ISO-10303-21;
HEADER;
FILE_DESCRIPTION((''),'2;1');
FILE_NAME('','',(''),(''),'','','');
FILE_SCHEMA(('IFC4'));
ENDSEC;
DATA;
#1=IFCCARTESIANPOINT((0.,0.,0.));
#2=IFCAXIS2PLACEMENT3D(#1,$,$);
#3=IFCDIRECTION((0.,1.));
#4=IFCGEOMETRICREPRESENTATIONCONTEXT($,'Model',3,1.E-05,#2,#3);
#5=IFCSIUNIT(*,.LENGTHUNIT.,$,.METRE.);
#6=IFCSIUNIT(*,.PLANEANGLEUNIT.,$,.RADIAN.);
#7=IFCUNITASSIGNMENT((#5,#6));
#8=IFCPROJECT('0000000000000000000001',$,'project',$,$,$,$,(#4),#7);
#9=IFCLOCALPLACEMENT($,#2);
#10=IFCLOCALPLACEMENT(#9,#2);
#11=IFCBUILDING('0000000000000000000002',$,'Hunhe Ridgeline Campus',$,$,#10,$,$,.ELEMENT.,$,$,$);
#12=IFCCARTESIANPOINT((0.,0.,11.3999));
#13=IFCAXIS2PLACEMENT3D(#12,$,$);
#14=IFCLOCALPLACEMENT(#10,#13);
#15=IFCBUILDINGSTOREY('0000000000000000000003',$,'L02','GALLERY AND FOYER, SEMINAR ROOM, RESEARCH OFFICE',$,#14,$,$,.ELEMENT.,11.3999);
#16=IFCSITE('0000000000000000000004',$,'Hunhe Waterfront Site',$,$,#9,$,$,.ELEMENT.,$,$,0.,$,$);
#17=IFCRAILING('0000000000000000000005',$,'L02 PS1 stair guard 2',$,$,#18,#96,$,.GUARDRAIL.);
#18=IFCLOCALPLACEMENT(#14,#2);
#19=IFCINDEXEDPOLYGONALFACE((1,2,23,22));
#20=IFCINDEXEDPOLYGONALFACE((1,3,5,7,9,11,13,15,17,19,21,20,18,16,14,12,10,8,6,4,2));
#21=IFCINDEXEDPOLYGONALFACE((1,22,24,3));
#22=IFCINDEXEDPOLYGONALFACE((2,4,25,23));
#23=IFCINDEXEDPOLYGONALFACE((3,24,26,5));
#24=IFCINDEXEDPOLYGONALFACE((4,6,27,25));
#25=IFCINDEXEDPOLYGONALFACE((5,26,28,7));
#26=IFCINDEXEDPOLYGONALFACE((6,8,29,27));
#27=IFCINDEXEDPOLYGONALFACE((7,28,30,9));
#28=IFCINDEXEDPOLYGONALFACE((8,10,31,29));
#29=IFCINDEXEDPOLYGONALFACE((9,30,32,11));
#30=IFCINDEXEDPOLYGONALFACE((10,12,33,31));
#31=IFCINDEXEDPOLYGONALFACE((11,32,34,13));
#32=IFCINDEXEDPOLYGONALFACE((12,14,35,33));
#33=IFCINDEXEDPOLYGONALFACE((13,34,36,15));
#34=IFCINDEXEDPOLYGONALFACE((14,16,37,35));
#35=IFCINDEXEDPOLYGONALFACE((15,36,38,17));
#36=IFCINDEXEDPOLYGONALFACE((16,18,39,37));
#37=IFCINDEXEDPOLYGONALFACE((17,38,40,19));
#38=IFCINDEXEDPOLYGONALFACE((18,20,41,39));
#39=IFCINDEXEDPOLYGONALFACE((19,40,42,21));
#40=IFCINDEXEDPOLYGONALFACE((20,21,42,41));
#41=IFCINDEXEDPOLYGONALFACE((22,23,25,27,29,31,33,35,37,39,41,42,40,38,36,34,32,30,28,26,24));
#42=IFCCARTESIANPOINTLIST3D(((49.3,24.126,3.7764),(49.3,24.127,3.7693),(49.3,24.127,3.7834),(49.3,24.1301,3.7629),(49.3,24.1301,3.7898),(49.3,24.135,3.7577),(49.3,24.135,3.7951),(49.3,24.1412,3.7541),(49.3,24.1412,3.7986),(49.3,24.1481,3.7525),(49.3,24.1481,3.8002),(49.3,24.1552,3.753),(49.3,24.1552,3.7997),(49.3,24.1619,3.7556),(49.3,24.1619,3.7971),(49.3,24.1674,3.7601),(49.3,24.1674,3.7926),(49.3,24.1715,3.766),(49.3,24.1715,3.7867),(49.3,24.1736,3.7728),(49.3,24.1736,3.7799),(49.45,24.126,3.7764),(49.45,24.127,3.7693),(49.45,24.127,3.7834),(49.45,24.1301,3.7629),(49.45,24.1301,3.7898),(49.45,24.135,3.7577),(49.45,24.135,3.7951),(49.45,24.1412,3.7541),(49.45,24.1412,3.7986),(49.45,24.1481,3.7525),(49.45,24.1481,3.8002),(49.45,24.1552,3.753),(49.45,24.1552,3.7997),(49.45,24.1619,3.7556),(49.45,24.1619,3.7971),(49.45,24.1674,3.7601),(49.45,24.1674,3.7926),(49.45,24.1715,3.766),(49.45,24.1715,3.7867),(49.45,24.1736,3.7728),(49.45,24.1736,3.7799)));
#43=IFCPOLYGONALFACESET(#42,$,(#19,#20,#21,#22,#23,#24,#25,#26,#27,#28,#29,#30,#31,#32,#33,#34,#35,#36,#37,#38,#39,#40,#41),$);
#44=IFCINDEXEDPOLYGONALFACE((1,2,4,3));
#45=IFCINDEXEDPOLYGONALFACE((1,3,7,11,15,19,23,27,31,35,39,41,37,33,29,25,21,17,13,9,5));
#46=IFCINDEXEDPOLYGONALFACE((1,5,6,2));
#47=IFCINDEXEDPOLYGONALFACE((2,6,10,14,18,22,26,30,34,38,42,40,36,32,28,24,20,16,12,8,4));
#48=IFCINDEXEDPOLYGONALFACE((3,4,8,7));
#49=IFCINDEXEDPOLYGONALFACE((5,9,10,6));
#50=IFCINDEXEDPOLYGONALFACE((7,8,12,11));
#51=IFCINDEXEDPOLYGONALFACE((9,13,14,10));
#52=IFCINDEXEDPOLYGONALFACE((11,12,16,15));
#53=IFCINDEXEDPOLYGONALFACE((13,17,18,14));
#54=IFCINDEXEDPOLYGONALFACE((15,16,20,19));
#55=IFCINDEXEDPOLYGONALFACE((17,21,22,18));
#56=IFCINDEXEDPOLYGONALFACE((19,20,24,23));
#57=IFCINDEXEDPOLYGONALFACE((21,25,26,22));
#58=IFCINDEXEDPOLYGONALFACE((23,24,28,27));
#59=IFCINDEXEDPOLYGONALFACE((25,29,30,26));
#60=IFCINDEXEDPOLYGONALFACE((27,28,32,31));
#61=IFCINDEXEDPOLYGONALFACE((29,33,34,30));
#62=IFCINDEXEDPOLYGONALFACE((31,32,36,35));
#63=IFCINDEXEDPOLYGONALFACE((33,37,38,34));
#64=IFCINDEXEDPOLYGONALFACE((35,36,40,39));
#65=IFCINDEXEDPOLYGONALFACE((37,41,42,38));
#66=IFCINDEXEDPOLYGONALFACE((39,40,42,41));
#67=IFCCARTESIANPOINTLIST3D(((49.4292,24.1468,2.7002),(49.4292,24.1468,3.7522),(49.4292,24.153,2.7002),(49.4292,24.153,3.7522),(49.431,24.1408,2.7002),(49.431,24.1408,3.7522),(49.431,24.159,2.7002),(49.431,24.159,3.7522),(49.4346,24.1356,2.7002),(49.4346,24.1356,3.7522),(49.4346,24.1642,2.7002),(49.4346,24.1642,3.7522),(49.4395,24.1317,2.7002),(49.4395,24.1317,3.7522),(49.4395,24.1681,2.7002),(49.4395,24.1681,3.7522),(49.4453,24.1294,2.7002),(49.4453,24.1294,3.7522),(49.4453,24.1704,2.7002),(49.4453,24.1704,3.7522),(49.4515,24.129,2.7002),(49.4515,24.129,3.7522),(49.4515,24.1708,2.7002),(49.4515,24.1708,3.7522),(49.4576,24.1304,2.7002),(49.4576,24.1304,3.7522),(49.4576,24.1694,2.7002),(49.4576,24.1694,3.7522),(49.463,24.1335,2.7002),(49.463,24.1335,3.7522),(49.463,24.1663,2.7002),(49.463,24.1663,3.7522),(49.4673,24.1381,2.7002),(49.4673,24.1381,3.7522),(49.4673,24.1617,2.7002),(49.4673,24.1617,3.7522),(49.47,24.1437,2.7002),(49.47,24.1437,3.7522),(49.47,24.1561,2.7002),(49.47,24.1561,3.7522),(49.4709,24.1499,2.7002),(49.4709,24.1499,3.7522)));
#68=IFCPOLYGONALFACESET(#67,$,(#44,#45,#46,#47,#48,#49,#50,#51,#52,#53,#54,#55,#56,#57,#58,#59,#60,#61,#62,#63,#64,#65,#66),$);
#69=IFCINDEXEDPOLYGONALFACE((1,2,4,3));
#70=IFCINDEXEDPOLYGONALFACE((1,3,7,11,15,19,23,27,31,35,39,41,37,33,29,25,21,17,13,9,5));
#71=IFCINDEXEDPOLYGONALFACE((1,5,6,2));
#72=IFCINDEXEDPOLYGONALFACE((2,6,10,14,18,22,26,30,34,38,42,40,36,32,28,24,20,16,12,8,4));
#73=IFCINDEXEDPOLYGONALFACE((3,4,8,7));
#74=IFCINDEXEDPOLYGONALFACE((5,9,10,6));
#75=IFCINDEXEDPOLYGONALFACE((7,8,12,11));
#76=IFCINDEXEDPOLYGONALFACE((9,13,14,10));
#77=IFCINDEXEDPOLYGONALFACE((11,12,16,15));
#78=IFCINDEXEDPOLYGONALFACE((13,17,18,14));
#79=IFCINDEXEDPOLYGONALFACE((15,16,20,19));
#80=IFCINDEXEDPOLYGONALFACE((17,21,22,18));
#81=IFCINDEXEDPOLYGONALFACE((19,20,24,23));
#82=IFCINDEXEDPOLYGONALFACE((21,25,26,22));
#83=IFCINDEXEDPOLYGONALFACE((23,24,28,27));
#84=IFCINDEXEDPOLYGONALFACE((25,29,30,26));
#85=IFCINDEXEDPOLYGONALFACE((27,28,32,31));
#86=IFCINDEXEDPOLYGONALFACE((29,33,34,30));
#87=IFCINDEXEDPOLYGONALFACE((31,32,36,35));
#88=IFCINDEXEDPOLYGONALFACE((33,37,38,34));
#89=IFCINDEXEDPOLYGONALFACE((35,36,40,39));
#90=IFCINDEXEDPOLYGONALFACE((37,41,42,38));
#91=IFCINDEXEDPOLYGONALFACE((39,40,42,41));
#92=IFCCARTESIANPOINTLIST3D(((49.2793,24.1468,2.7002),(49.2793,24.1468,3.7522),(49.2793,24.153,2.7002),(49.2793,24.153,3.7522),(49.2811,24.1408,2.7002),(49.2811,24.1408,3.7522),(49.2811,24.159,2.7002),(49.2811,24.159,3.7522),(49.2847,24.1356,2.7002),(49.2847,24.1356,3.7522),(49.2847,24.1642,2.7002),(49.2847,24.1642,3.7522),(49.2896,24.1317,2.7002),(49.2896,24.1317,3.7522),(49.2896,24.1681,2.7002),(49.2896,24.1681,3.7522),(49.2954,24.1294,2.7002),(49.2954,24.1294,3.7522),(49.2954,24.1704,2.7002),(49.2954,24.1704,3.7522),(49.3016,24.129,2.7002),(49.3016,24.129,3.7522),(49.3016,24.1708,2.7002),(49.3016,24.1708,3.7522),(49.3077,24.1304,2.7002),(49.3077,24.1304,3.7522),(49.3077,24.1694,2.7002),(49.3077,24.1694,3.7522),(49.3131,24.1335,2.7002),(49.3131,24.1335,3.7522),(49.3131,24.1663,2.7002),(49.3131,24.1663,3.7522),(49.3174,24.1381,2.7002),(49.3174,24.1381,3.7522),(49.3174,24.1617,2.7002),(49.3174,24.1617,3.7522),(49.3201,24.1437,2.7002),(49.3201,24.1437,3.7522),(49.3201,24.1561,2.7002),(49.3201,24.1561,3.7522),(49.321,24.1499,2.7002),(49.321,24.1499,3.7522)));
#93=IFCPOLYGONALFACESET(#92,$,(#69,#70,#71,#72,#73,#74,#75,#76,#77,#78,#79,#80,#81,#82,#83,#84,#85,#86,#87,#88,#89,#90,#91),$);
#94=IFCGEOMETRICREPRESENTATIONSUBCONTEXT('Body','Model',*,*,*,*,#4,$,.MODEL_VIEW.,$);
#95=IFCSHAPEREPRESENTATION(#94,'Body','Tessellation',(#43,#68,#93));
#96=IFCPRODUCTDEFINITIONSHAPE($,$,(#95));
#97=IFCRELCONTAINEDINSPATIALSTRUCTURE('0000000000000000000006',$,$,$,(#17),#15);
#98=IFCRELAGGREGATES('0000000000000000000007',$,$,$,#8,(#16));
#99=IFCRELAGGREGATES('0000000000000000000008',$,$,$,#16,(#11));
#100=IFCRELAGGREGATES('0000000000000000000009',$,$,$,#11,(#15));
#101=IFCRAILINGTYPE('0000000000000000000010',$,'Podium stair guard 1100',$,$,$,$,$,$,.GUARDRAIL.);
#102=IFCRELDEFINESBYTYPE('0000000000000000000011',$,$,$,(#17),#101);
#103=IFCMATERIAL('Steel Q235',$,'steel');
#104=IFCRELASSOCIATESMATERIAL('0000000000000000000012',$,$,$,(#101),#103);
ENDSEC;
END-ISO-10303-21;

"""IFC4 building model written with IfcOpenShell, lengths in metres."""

from ifc_helpers import new_model, si_unit, direction, frame, origin, origin_2d, place, context, subcontext, project, spatial, circle, extrude, material, type_object, element, save


model = new_model("IFC4")

# Units and contexts
model_context = context("Model", 3, precision=1e-05, world=origin(), true_north=direction((0.0, 1.0)))
body_context = subcontext(model_context, "Body", "Model", "MODEL_VIEW")
ifc_project = project(units=[si_unit("LENGTHUNIT", "METRE"), si_unit("PLANEANGLEUNIT", "RADIAN")], contexts=[model_context])

# Site, building, storey
site_placement = place(None, origin())
site = spatial("IfcSite", under=ifc_project, at=site_placement, Name="Hunhe Waterfront Site", CompositionType="ELEMENT", RefElevation=0.0)
building_placement = place(site_placement, origin())
building = spatial("IfcBuilding", under=site, at=building_placement, Name="Hunhe Ridgeline Campus", CompositionType="ELEMENT")
storey_placement = place(building_placement, frame((0.0, 0.0, 11.3999)))
storey = spatial("IfcBuildingStorey", under=building, at=storey_placement, Name="L02", Description="GALLERY AND FOYER, SEMINAR ROOM, RESEARCH OFFICE", CompositionType="ELEMENT", Elevation=11.3999)

# Shared definitions
ifc_material_1 = material(Name="Steel Q235", Category="steel")

# Railing
railing_type_1 = type_object("IfcRailingType", Name="Podium stair guard 1100", PredefinedType="GUARDRAIL", material=ifc_material_1)
railing_1_placement = place(storey_placement, frame((49.45, 24.1499, 2.7002)))
element("IfcRailing", 1, at=railing_1_placement, inside=storey, type_object=railing_type_1, Name="L02 PS1 stair guard 2", PredefinedType="GUARDRAIL", context=body_context, shape_type="SweptSolid", body=[
    extrude(circle(Radius=0.0239, at=origin_2d()), frame((0.0, 0.0, 1.0762), z_axis=(-1.0, 0.0, 0.0), x_axis=(0.0, -1.0, 0.0)), (0.0, 0.0, 1.0), 0.1499),
    extrude(circle(Radius=0.021, at=origin_2d()), origin(), (0.0, 0.0, 1.0), 1.052),
    extrude(circle(Radius=0.021, at=origin_2d()), frame((-0.1499, 0.0, 0.0)), (0.0, 0.0, 1.0), 1.052),
])

save(model, "model.ifc")
